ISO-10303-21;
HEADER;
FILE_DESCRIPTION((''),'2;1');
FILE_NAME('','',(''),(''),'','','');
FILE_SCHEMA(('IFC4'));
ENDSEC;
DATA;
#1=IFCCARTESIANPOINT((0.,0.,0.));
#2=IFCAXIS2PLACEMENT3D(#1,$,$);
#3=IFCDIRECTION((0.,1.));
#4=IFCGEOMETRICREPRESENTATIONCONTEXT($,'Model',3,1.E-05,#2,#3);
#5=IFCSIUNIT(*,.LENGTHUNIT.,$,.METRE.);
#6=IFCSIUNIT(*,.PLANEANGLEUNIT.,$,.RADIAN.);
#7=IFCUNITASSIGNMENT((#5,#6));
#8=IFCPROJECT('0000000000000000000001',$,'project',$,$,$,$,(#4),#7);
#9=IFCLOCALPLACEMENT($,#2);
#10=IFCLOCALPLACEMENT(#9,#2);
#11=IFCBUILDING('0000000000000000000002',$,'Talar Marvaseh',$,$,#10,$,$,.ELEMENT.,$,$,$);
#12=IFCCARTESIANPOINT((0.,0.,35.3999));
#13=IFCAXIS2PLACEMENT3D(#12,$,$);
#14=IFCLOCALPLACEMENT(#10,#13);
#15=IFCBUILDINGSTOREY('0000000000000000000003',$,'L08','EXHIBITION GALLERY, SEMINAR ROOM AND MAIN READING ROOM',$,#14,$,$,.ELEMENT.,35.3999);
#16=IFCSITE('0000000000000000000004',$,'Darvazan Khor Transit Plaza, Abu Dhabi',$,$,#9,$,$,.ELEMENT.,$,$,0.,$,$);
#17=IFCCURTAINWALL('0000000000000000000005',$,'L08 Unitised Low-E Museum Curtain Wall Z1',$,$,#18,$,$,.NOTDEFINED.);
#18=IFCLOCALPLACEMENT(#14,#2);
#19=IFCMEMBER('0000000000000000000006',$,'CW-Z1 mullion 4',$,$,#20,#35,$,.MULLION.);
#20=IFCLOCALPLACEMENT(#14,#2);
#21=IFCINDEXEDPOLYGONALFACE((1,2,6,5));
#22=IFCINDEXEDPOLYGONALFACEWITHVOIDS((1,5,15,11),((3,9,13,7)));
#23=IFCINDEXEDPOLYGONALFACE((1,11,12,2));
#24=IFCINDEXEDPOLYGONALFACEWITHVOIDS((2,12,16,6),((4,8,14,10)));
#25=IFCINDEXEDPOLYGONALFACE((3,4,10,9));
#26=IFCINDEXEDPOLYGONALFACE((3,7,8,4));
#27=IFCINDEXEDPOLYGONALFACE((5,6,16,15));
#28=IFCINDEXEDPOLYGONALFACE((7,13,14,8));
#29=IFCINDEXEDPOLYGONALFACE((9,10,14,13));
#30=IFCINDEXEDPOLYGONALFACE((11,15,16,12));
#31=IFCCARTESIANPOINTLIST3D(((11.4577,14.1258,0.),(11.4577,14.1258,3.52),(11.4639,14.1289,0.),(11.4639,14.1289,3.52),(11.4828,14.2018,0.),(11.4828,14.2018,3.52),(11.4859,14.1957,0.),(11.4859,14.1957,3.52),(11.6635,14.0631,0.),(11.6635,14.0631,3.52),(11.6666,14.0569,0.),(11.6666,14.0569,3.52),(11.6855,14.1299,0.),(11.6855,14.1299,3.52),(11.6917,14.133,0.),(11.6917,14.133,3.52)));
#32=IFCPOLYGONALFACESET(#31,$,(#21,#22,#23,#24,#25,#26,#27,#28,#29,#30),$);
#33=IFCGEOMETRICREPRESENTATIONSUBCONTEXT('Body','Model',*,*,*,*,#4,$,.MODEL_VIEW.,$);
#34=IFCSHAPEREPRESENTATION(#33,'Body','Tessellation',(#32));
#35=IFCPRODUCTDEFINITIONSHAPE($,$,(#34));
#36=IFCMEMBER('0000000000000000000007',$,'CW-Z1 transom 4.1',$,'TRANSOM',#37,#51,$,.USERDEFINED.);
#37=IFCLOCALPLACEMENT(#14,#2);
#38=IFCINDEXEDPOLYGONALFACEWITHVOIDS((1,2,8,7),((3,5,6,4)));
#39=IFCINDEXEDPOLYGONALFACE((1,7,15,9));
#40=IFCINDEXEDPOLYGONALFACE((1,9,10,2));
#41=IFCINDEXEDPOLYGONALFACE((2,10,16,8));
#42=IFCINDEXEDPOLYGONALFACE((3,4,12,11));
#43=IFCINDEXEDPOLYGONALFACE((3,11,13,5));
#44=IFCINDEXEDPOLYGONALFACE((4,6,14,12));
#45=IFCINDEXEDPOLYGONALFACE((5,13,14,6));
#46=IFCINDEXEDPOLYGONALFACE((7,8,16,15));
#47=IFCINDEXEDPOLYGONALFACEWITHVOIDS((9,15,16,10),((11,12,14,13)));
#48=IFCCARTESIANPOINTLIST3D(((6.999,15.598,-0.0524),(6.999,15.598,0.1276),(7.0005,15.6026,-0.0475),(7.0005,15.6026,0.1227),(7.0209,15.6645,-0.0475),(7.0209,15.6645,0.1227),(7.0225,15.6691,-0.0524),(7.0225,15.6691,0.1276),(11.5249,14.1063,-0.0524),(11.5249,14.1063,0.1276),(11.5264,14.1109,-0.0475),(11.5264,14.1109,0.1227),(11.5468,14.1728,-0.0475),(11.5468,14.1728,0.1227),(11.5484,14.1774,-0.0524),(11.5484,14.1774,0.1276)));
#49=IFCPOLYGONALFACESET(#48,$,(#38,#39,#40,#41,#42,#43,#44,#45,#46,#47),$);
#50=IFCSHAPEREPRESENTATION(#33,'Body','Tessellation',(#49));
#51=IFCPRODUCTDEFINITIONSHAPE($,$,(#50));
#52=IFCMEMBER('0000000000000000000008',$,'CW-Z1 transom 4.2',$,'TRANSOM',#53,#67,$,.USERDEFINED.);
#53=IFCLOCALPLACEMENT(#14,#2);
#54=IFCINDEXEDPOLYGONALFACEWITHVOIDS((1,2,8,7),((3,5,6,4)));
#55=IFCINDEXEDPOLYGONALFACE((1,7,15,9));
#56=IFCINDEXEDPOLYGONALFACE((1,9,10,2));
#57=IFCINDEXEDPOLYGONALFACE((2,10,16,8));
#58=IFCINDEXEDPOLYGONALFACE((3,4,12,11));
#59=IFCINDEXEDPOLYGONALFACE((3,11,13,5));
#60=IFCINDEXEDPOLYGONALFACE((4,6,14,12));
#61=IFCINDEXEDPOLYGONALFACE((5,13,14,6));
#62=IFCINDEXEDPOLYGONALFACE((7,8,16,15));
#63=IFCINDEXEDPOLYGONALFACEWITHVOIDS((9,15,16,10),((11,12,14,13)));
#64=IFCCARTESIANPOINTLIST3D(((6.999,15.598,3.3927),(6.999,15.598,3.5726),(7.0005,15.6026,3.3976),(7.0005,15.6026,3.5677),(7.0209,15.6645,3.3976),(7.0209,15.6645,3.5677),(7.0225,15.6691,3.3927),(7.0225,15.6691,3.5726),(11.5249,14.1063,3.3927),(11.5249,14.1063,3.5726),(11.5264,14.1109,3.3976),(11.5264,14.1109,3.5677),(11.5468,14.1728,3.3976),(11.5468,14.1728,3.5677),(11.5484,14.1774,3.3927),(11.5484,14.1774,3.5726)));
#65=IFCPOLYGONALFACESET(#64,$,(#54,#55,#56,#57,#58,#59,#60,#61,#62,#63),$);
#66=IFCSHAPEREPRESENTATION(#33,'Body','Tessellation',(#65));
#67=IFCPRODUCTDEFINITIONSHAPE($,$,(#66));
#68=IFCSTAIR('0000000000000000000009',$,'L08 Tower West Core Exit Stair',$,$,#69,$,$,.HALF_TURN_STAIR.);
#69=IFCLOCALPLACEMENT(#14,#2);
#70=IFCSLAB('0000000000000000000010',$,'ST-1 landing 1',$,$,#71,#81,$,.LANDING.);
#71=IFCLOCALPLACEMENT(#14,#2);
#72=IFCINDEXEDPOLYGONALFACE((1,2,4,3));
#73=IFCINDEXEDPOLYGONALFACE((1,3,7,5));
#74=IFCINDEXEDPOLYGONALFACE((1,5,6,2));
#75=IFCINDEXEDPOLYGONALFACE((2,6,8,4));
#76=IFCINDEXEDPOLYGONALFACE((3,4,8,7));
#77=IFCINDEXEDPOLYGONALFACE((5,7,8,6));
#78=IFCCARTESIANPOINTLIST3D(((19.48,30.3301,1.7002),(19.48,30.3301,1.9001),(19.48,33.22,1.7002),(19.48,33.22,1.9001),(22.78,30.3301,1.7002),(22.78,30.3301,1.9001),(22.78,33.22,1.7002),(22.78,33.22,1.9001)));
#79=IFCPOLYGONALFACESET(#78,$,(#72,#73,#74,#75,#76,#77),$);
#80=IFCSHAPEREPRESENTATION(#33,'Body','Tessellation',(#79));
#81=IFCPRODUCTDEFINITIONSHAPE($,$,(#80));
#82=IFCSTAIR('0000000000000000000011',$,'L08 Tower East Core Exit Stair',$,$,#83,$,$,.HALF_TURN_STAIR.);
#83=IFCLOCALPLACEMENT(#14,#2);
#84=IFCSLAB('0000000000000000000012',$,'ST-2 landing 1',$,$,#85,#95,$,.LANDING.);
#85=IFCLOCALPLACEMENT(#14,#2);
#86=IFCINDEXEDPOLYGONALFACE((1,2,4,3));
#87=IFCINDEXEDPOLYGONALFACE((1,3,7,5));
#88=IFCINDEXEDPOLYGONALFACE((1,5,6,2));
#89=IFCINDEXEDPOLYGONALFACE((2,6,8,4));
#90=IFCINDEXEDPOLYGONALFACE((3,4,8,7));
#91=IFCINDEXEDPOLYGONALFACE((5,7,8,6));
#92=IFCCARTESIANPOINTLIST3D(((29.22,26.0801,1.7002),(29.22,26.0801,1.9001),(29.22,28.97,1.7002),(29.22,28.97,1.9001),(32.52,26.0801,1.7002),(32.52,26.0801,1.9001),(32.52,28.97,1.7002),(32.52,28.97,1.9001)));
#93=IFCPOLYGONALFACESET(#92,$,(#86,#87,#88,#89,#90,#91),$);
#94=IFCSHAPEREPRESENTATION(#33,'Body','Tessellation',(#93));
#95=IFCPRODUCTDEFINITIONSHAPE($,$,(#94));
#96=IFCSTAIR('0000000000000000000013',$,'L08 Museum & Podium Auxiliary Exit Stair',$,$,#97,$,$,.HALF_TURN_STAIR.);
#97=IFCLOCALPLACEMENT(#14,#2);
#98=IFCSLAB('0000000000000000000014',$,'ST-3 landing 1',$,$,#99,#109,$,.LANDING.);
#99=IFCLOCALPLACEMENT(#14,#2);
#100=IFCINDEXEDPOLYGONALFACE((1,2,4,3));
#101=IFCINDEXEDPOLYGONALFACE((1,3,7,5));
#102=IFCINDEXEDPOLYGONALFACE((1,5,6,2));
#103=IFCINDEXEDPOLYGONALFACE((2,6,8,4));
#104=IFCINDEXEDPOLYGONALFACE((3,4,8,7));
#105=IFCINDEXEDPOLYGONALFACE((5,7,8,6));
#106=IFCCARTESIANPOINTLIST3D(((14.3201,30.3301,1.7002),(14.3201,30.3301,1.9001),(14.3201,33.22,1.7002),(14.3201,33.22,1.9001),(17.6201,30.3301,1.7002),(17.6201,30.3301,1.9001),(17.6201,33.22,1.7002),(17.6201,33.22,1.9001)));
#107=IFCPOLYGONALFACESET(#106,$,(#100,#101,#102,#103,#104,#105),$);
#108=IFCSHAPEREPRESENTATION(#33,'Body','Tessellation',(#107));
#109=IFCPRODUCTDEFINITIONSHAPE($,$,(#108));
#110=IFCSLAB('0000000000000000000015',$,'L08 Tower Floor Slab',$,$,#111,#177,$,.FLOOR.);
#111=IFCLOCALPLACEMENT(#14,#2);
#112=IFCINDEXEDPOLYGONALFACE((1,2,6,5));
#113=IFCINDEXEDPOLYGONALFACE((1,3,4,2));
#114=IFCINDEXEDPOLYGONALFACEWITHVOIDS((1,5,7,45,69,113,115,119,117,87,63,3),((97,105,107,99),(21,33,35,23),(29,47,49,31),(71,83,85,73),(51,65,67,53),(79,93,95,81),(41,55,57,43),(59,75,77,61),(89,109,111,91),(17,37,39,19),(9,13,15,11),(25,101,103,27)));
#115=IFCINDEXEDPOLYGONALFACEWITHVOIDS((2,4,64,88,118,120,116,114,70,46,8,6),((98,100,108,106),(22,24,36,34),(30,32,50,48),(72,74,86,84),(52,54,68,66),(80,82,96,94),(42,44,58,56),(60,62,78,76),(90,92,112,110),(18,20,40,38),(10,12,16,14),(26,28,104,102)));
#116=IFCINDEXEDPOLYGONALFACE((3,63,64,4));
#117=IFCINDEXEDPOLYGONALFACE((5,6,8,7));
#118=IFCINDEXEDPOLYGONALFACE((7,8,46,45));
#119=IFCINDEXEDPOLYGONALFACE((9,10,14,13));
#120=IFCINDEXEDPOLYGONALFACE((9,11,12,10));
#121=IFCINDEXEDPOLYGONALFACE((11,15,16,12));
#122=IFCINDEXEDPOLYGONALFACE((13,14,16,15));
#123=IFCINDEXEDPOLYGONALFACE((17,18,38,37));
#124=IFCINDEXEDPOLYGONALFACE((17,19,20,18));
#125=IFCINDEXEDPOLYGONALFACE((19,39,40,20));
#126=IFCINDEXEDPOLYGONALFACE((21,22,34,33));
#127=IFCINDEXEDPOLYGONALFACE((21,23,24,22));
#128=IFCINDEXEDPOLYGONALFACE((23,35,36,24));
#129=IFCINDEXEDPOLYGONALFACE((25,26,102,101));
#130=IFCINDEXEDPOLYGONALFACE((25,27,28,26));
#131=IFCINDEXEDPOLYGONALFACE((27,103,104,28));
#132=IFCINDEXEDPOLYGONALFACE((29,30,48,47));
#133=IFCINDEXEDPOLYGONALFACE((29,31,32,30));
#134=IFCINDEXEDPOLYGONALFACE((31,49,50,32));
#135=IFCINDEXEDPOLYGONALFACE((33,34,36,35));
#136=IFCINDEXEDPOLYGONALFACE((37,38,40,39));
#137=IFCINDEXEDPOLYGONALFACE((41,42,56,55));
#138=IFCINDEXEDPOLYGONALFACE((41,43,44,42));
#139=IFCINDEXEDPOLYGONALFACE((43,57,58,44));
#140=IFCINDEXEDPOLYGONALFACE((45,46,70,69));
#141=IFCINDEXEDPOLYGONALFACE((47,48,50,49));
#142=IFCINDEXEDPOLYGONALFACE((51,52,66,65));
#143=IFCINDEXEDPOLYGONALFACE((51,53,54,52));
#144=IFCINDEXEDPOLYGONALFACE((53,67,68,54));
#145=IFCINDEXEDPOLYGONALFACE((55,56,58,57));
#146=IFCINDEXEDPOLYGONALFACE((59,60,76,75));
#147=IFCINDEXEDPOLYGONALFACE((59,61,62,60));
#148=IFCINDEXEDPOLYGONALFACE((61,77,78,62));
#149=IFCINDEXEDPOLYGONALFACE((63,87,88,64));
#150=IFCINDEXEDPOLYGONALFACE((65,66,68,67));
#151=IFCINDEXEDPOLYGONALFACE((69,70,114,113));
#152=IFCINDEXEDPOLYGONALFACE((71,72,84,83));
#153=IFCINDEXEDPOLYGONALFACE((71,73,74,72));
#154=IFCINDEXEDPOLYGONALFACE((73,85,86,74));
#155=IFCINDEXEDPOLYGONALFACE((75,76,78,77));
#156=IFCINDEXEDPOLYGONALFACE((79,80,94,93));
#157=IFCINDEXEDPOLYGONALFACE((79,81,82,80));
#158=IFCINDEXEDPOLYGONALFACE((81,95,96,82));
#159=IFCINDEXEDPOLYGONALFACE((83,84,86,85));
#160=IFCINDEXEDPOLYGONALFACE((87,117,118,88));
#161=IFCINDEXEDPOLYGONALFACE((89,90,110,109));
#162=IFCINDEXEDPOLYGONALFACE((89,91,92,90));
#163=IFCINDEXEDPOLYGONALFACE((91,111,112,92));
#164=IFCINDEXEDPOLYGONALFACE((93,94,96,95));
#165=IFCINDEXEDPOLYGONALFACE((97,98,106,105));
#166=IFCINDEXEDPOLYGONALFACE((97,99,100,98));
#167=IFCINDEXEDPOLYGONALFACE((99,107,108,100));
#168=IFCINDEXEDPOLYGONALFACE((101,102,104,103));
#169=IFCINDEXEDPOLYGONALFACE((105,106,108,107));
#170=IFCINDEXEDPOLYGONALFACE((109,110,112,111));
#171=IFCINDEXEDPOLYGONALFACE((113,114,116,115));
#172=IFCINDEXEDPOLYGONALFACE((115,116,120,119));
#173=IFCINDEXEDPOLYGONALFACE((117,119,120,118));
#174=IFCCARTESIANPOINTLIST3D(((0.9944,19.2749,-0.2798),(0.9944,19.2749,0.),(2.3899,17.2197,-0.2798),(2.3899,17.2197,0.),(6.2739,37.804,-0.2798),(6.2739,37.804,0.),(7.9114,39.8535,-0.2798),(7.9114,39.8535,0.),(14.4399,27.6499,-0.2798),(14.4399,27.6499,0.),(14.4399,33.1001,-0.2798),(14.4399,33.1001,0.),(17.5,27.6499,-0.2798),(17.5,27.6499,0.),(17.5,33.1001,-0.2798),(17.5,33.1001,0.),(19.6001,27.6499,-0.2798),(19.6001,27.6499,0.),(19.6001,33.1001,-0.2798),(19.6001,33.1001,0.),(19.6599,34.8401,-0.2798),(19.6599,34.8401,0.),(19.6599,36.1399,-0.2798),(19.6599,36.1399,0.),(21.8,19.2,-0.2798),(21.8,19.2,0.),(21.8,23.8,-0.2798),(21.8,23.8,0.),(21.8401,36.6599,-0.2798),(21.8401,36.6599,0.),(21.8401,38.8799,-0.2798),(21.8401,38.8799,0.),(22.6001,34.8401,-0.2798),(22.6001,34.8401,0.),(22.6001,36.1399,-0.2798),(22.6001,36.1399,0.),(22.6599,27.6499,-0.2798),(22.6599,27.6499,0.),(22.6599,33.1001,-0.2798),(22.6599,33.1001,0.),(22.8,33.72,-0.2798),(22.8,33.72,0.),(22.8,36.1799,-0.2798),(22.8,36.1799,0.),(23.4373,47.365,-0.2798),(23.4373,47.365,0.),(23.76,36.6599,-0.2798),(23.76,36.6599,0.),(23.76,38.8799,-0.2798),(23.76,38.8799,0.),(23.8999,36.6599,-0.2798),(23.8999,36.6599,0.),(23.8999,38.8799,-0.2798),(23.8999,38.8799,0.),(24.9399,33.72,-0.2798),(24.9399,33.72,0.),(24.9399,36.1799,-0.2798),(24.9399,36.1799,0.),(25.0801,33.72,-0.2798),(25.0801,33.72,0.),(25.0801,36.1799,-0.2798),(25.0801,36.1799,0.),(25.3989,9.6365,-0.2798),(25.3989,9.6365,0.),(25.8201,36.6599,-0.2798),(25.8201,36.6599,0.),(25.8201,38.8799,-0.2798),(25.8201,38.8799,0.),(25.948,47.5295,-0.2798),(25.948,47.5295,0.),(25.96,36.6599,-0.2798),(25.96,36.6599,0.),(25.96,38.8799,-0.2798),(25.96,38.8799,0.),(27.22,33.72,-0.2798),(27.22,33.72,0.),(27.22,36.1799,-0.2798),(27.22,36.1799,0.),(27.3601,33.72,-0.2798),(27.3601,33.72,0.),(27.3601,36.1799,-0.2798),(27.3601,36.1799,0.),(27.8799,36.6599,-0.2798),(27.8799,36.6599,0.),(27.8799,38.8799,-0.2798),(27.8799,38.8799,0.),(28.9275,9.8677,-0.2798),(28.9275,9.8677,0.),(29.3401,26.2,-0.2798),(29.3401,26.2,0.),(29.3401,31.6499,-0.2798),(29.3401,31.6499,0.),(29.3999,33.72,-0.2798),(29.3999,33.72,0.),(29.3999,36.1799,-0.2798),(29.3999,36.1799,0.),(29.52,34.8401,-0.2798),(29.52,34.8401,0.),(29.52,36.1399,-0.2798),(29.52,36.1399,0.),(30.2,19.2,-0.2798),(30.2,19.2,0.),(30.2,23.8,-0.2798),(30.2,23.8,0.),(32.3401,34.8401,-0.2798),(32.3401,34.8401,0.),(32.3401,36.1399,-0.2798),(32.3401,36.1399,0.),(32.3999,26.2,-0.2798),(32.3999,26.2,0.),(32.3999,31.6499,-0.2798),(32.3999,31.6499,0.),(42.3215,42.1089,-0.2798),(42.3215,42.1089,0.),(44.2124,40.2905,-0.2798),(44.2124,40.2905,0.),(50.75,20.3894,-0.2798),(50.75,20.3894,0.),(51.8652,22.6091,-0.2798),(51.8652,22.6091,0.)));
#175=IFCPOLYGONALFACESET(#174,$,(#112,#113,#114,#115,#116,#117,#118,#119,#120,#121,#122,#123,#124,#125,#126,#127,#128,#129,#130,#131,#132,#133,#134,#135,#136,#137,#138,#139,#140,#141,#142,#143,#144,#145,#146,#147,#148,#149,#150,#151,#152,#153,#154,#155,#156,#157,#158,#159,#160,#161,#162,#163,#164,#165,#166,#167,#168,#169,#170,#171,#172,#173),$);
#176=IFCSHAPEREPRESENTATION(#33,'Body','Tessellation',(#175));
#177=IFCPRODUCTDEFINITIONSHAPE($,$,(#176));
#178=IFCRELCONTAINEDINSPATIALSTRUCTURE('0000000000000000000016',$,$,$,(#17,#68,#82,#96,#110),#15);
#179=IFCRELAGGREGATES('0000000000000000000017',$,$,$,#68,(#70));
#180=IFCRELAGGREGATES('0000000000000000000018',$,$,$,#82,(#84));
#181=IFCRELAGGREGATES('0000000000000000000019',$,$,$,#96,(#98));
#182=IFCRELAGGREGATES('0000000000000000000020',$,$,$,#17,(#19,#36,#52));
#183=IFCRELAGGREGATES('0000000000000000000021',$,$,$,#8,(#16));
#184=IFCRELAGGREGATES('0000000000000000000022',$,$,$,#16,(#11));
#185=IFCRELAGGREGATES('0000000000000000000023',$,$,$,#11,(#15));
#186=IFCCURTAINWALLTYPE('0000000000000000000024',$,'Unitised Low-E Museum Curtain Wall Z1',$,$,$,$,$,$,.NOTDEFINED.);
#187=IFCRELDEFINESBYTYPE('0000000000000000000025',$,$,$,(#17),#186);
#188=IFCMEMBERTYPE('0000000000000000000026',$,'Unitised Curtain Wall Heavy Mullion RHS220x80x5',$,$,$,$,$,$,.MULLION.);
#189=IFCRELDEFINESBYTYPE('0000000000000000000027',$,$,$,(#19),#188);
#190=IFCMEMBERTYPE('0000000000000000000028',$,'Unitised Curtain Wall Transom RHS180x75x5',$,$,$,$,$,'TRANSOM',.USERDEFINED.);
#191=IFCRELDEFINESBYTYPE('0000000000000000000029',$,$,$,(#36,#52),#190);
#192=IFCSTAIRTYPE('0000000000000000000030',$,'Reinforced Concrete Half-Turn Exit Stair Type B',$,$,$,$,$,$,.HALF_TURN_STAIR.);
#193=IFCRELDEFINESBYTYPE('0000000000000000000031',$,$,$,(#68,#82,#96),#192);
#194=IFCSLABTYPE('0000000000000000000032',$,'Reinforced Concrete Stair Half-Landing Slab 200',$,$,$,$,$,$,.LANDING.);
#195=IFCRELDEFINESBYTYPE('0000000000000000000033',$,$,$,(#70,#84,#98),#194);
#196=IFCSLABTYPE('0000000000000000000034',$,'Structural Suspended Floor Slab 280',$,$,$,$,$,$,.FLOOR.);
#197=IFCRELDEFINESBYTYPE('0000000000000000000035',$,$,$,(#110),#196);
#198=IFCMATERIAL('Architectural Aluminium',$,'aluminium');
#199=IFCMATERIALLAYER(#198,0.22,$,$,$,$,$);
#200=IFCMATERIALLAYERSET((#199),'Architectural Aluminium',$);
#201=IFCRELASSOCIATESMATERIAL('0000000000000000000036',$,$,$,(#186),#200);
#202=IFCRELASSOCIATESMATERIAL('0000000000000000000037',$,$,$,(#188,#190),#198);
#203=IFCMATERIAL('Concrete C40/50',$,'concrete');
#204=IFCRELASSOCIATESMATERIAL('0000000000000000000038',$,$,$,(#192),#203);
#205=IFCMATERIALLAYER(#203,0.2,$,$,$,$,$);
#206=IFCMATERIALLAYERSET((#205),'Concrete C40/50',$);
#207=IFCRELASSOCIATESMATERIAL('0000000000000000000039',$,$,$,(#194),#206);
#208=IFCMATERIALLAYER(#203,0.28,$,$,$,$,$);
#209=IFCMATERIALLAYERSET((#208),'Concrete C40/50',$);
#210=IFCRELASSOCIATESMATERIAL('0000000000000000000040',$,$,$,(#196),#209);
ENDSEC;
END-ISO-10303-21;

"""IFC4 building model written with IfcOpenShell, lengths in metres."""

from ifc_helpers import new_model, si_unit, direction, frame, origin, origin_2d, place, context, subcontext, project, spatial, polyline, hollow_rectangle, outline, extrude, source, transform, mapped, material, layer, layer_set, material_profile, profile_set, type_object, type_shapes, element, aggregate, save


model = new_model("IFC4")

# Units and contexts
model_context = context("Model", 3, precision=1e-05, world=origin(), true_north=direction((0.0, 1.0)))
body_context = subcontext(model_context, "Body", "Model", "MODEL_VIEW")
ifc_project = project(units=[si_unit("LENGTHUNIT", "METRE"), si_unit("PLANEANGLEUNIT", "RADIAN")], contexts=[model_context])

# Site, building, storey
site_placement = place(None, origin())
site = spatial("IfcSite", under=ifc_project, at=site_placement, Name="Darvazan Khor Transit Plaza, Abu Dhabi", CompositionType="ELEMENT", RefElevation=0.0)
building_placement = place(site_placement, origin())
building = spatial("IfcBuilding", under=site, at=building_placement, Name="Talar Marvaseh", CompositionType="ELEMENT")
storey_placement = place(building_placement, frame((0.0, 0.0, 35.3999)))
storey = spatial("IfcBuildingStorey", under=building, at=storey_placement, Name="L08", Description="EXHIBITION GALLERY, SEMINAR ROOM AND MAIN READING ROOM", CompositionType="ELEMENT", Elevation=35.3999)

# Curtain wall, members
ifc_material_1 = material(Name="Architectural Aluminium", Category="aluminium")
ifc_layer_1 = layer(ifc_material_1, 0.22)
ifc_layer_set_1 = layer_set([ifc_layer_1], Name="Architectural Aluminium")
curtain_wall_type = type_object("IfcCurtainWallType", Name="Unitised Low-E Museum Curtain Wall Z1", PredefinedType="NOTDEFINED", material=ifc_layer_set_1)
curtain_wall_placement = place(storey_placement, origin())
curtain_wall = element("IfcCurtainWall", 1, at=curtain_wall_placement, inside=storey, type_object=curtain_wall_type, Name="L08 Unitised Low-E Museum Curtain Wall Z1", PredefinedType="NOTDEFINED")
ifc_material_profile_1 = material_profile(ifc_material_1, hollow_rectangle(XDim=0.0801, YDim=0.22, WallThickness=0.0049, at=origin_2d()), Name="RHS220x80x5")
ifc_profile_set_1 = profile_set([ifc_material_profile_1], Name="Architectural Aluminium")
member_type_1 = type_object("IfcMemberType", Name="Unitised Curtain Wall Heavy Mullion RHS220x80x5", PredefinedType="MULLION", material=ifc_profile_set_1)
shared_shape_1 = source(origin(), body_context, "Body", "SweptSolid", [
    extrude(hollow_rectangle(XDim=0.0801, YDim=0.22, WallThickness=0.0049, at=origin_2d()), origin(), (0.0, 0.0, 1.0), 3.52),
])
type_shapes(member_type_1, [shared_shape_1])
member_1_placement = place(storey_placement, frame((11.5747, 14.1294, 0.0), z_axis=(0.0, 0.0, 1.0), x_axis=(-0.313019, -0.949747, 0.0)))
member_1 = element("IfcMember", 2, at=member_1_placement, type_object=member_type_1, Name="CW-Z1 mullion 4", PredefinedType="MULLION", context=body_context, shape_type="MappedRepresentation", body=[
    mapped(shared_shape_1, transform((0.0, 0.0, 0.0), x_axis=(1.0, 0.0, 0.0), y_axis=(0.0, 1.0, 0.0), z_axis=(0.0, 0.0, 1.0), scale=1.0)),
])
ifc_material_profile_2 = material_profile(ifc_material_1, hollow_rectangle(XDim=0.075, YDim=0.1799, WallThickness=0.0049, at=origin_2d()), Name="RHS180x75x5")
ifc_profile_set_2 = profile_set([ifc_material_profile_2], Name="Architectural Aluminium")
member_type_2 = type_object("IfcMemberType", Name="Unitised Curtain Wall Transom RHS180x75x5", ElementType="TRANSOM", PredefinedType="USERDEFINED", material=ifc_profile_set_2)
shared_shape_2 = source(origin(), body_context, "Body", "SweptSolid", [
    extrude(hollow_rectangle(XDim=0.075, YDim=0.1799, WallThickness=0.0049, at=origin_2d()), origin(), (0.0, 0.0, 1.0), 4.7654),
])
type_shapes(member_type_2, [shared_shape_2])
member_2_placement = place(storey_placement, frame((11.5366, 14.1418, 0.0376), z_axis=(-0.949744, 0.313029, 0.0), x_axis=(-0.313029, -0.949744, 0.0)))
member_2 = element("IfcMember", 3, at=member_2_placement, type_object=member_type_2, Name="CW-Z1 transom 4.1", ObjectType="TRANSOM", PredefinedType="USERDEFINED", context=body_context, shape_type="MappedRepresentation", body=[
    mapped(shared_shape_2, transform((0.0, 0.0, 0.0), x_axis=(1.0, 0.0, 0.0), y_axis=(0.0, 1.0, 0.0), z_axis=(0.0, 0.0, 1.0), scale=1.0)),
])
member_3_placement = place(storey_placement, frame((11.5366, 14.1418, 3.4827), z_axis=(-0.949744, 0.313029, 0.0), x_axis=(-0.313029, -0.949744, 0.0)))
member_3 = element("IfcMember", 4, at=member_3_placement, type_object=member_type_2, Name="CW-Z1 transom 4.2", ObjectType="TRANSOM", PredefinedType="USERDEFINED", context=body_context, shape_type="MappedRepresentation", body=[
    mapped(shared_shape_2, transform((0.0, 0.0, 0.0), x_axis=(1.0, 0.0, 0.0), y_axis=(0.0, 1.0, 0.0), z_axis=(0.0, 0.0, 1.0), scale=1.0)),
])

# Stairs, slabs
ifc_material_2 = material(Name="Concrete C40/50", Category="concrete")
stair_type = type_object("IfcStairType", Name="Reinforced Concrete Half-Turn Exit Stair Type B", PredefinedType="HALF_TURN_STAIR", material=ifc_material_2)
stair_1_placement = place(storey_placement, origin())
stair_1 = element("IfcStair", 5, at=stair_1_placement, inside=storey, type_object=stair_type, Name="L08 Tower West Core Exit Stair", PredefinedType="HALF_TURN_STAIR")
ifc_layer_2 = layer(ifc_material_2, 0.2)
ifc_layer_set_2 = layer_set([ifc_layer_2], Name="Concrete C40/50")
slab_type_1 = type_object("IfcSlabType", Name="Reinforced Concrete Stair Half-Landing Slab 200", PredefinedType="LANDING", material=ifc_layer_set_2)
slab_1_placement = place(storey_placement, frame((0.0, 0.0, 1.7002)))
slab_1 = element("IfcSlab", 6, at=slab_1_placement, type_object=slab_type_1, Name="ST-1 landing 1", PredefinedType="LANDING", context=body_context, shape_type="SweptSolid", body=[
    extrude(outline(polyline([(22.78, 30.3301), (22.78, 33.22), (19.48, 33.22), (19.48, 30.3301), (22.78, 30.3301)])), origin(), (0.0, 0.0, 1.0), 0.2),
])
aggregate(stair_1, [slab_1])
stair_2_placement = place(storey_placement, origin())
stair_2 = element("IfcStair", 7, at=stair_2_placement, inside=storey, type_object=stair_type, Name="L08 Tower East Core Exit Stair", PredefinedType="HALF_TURN_STAIR")
slab_2_placement = place(storey_placement, frame((0.0, 0.0, 1.7002)))
slab_2 = element("IfcSlab", 8, at=slab_2_placement, type_object=slab_type_1, Name="ST-2 landing 1", PredefinedType="LANDING", context=body_context, shape_type="SweptSolid", body=[
    extrude(outline(polyline([(29.22, 28.97), (29.22, 26.0801), (32.52, 26.0801), (32.52, 28.97), (29.22, 28.97)])), origin(), (0.0, 0.0, 1.0), 0.2),
])
aggregate(stair_2, [slab_2])
stair_3_placement = place(storey_placement, origin())
stair_3 = element("IfcStair", 9, at=stair_3_placement, inside=storey, type_object=stair_type, Name="L08 Museum & Podium Auxiliary Exit Stair", PredefinedType="HALF_TURN_STAIR")
slab_3_placement = place(storey_placement, frame((0.0, 0.0, 1.7002)))
slab_3 = element("IfcSlab", 10, at=slab_3_placement, type_object=slab_type_1, Name="ST-3 landing 1", PredefinedType="LANDING", context=body_context, shape_type="SweptSolid", body=[
    extrude(outline(polyline([(17.6201, 30.3301), (17.6201, 33.22), (14.3201, 33.22), (14.3201, 30.3301), (17.6201, 30.3301)])), origin(), (0.0, 0.0, 1.0), 0.2),
])
aggregate(stair_3, [slab_3])

# Slab
ifc_layer_3 = layer(ifc_material_2, 0.28)
ifc_layer_set_3 = layer_set([ifc_layer_3], Name="Concrete C40/50")
slab_type_2 = type_object("IfcSlabType", Name="Structural Suspended Floor Slab 280", PredefinedType="FLOOR", material=ifc_layer_set_3)
slab_4_placement = place(storey_placement, frame((0.0, 0.0, -0.2798)))
element("IfcSlab", 11, at=slab_4_placement, inside=storey, type_object=slab_type_2, Name="L08 Tower Floor Slab", PredefinedType="FLOOR", context=body_context, shape_type="SweptSolid", body=[
    extrude(outline(polyline([(2.3899, 17.2197), (0.9944, 19.2749), (6.2739, 37.804), (7.9114, 39.8535), (23.4373, 47.365), (25.948, 47.5295), (42.3215, 42.1089), (44.2124, 40.2905), (51.8652, 22.6091), (50.75, 20.3894), (28.9275, 9.8677), (25.3989, 9.6365), (2.3899, 17.2197)]), holes=[polyline([(22.6599, 27.6499), (22.6599, 33.1001), (19.6001, 33.1001), (19.6001, 27.6499), (22.6599, 27.6499)]), polyline([(29.3401, 31.6499), (29.3401, 26.2), (32.3999, 26.2), (32.3999, 31.6499), (29.3401, 31.6499)]), polyline([(17.5, 27.6499), (17.5, 33.1001), (14.4399, 33.1001), (14.4399, 27.6499), (17.5, 27.6499)]), polyline([(22.8, 33.72), (24.9399, 33.72), (24.9399, 36.1799), (22.8, 36.1799), (22.8, 33.72)]), polyline([(25.0801, 33.72), (27.22, 33.72), (27.22, 36.1799), (25.0801, 36.1799), (25.0801, 33.72)]), polyline([(27.3601, 33.72), (29.3999, 33.72), (29.3999, 36.1799), (27.3601, 36.1799), (27.3601, 33.72)]), polyline([(21.8401, 36.6599), (23.76, 36.6599), (23.76, 38.8799), (21.8401, 38.8799), (21.8401, 36.6599)]), polyline([(23.8999, 36.6599), (25.8201, 36.6599), (25.8201, 38.8799), (23.8999, 38.8799), (23.8999, 36.6599)]), polyline([(25.96, 36.6599), (27.8799, 36.6599), (27.8799, 38.8799), (25.96, 38.8799), (25.96, 36.6599)]), polyline([(19.6599, 34.8401), (22.6001, 34.8401), (22.6001, 36.1399), (19.6599, 36.1399), (19.6599, 34.8401)]), polyline([(29.52, 34.8401), (32.3401, 34.8401), (32.3401, 36.1399), (29.52, 36.1399), (29.52, 34.8401)]), polyline([(21.8, 19.2), (30.2, 19.2), (30.2, 23.8), (21.8, 23.8), (21.8, 19.2)])]), origin(), (0.0, 0.0, 1.0), 0.2798),
])

aggregate(curtain_wall, [member_1, member_2, member_3])

save(model, "model.ifc")
